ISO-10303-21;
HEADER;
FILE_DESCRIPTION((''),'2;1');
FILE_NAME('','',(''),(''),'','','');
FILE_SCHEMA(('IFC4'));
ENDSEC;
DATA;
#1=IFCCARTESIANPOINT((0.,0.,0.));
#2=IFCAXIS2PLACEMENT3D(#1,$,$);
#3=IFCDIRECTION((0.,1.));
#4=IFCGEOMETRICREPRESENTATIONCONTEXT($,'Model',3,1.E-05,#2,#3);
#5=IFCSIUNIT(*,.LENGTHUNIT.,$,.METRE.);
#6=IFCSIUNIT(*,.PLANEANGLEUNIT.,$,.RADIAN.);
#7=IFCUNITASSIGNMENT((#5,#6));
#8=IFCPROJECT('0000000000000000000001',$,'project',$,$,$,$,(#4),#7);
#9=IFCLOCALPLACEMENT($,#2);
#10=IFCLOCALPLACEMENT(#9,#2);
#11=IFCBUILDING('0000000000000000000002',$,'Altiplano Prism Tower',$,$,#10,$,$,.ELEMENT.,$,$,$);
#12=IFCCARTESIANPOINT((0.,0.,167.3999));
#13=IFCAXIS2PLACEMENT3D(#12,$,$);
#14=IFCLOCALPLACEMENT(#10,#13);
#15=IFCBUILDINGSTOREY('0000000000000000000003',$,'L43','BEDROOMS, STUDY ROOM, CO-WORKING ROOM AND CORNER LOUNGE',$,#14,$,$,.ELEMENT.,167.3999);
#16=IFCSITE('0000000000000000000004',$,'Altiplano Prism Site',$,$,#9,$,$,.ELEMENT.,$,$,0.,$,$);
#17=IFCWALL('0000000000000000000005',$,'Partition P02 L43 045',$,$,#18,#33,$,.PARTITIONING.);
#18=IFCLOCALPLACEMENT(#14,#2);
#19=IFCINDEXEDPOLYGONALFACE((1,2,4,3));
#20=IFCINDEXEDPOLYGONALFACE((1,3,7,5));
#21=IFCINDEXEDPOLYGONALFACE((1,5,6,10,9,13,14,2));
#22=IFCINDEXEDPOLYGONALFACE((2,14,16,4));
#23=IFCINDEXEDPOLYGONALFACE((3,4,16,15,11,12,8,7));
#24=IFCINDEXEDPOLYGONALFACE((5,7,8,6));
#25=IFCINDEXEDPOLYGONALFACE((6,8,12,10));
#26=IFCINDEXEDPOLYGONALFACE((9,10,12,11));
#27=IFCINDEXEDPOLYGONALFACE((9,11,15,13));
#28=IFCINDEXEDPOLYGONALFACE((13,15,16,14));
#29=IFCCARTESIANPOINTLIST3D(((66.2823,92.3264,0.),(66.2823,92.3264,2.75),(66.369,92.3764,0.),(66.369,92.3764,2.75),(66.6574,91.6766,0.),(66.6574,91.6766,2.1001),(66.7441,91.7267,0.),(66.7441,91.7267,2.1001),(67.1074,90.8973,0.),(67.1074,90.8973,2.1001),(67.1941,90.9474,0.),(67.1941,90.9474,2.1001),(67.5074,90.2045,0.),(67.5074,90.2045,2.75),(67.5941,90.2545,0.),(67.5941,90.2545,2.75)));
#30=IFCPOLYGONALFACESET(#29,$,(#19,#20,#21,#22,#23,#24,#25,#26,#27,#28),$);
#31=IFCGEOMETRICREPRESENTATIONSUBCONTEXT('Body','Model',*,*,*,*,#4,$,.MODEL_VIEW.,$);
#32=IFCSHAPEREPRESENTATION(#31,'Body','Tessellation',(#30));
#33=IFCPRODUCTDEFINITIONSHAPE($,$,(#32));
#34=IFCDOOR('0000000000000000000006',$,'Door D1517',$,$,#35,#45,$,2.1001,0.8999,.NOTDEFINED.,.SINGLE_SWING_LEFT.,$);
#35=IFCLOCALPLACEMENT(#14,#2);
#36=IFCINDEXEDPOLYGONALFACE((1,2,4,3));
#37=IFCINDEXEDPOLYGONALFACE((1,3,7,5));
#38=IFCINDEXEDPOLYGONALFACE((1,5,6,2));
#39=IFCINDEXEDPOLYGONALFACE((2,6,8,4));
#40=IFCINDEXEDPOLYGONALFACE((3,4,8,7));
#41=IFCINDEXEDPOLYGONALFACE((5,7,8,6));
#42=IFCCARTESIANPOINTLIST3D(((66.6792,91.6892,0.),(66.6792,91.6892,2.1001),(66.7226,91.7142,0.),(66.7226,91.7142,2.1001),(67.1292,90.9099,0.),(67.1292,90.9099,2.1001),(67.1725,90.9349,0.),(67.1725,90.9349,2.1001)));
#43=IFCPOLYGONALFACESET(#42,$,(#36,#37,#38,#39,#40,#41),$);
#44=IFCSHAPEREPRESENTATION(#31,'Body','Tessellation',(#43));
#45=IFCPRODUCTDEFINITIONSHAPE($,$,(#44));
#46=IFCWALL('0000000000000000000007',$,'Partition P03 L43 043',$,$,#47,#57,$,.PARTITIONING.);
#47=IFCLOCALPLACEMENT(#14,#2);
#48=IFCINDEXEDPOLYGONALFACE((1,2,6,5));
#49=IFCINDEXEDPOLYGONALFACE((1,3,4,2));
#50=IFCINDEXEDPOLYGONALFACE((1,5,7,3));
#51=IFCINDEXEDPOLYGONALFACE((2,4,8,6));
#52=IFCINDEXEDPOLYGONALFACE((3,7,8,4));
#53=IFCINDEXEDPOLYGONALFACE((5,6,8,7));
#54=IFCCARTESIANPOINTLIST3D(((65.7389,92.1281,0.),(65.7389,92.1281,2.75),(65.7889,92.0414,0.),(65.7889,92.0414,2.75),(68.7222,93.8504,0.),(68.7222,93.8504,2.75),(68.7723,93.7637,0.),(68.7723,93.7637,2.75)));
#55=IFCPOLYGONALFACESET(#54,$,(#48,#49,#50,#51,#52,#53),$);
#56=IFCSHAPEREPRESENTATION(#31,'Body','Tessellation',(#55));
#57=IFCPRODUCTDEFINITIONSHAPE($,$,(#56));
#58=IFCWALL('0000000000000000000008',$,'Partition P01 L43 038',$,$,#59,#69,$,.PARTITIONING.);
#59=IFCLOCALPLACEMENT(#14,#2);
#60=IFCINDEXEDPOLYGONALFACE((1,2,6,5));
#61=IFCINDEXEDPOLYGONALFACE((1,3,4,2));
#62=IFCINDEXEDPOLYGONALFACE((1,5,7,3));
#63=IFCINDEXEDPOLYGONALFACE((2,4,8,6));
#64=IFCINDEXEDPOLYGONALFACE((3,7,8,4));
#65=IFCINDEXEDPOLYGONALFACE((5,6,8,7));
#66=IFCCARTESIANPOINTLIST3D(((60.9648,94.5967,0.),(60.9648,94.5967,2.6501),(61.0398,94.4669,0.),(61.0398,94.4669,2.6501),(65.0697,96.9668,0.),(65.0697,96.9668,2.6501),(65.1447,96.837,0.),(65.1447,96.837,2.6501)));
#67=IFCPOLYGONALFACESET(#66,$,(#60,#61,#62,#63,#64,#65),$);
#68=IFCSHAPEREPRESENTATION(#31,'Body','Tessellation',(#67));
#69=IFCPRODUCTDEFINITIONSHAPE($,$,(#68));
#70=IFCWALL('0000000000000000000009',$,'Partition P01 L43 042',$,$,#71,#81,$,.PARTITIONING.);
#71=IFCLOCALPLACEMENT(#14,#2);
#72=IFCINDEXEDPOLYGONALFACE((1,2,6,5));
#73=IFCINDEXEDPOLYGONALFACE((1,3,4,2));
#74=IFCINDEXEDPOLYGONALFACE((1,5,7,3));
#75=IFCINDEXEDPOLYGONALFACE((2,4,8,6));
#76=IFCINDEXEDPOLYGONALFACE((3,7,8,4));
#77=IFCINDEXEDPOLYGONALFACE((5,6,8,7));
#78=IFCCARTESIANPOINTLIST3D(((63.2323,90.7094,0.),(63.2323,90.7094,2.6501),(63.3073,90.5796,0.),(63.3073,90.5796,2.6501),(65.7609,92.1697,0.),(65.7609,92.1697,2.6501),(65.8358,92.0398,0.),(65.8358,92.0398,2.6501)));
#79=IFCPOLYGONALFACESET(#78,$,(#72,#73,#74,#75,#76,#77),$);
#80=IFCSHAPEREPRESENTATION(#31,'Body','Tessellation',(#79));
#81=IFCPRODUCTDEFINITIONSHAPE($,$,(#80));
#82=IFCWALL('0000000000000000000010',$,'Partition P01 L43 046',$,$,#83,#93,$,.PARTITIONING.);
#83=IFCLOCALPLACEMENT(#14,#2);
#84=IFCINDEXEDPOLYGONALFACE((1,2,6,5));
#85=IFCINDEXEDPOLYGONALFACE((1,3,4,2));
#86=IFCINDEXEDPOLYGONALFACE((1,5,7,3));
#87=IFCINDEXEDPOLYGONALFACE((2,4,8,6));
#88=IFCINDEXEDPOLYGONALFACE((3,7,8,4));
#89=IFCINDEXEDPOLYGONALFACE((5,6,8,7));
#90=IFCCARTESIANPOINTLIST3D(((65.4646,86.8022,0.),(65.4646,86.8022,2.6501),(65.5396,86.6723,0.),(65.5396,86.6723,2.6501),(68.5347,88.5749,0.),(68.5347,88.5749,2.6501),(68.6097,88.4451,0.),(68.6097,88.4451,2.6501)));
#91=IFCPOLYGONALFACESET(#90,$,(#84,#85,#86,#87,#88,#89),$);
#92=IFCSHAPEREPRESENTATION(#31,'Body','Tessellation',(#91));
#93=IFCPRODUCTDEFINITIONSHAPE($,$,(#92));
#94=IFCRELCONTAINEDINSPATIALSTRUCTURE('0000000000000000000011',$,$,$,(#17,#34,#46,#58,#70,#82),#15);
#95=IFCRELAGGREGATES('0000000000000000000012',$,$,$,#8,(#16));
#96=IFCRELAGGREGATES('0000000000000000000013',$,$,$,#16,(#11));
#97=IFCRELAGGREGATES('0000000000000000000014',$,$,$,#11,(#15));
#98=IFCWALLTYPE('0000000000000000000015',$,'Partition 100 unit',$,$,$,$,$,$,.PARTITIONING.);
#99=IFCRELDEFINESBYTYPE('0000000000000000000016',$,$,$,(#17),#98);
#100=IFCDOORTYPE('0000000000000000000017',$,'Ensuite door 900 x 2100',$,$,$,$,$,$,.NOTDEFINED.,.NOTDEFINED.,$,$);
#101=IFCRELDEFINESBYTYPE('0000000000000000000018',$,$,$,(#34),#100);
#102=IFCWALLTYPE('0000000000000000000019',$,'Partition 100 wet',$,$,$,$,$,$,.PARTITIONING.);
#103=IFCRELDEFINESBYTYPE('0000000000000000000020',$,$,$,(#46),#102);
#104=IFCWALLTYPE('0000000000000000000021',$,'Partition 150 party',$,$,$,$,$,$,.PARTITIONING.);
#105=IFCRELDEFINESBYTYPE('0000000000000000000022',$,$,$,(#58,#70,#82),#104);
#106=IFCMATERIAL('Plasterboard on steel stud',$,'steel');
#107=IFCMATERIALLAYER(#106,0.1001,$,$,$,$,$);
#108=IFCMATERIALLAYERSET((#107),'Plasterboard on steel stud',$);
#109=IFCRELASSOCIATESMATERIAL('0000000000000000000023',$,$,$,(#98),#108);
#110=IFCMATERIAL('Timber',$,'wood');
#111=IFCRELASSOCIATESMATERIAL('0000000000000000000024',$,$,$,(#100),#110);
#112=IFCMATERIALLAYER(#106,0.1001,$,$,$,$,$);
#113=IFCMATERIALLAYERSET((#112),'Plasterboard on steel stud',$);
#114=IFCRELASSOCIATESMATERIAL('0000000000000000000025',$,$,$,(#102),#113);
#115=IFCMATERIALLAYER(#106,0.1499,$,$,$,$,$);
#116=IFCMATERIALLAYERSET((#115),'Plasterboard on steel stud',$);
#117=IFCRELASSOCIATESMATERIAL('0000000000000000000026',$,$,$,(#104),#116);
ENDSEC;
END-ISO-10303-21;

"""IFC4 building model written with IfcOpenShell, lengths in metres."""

from ifc_helpers import new_model, si_unit, direction, frame, frame_2d, origin, place, context, subcontext, project, spatial, rectangle, extrude, material, layer, layer_set, type_object, element, fill, save


model = new_model("IFC4")

# Units and contexts
model_context = context("Model", 3, precision=1e-05, world=origin(), true_north=direction((0.0, 1.0)))
body_context = subcontext(model_context, "Body", "Model", "MODEL_VIEW")
ifc_project = project(units=[si_unit("LENGTHUNIT", "METRE"), si_unit("PLANEANGLEUNIT", "RADIAN")], contexts=[model_context])

# Site, building, storey
site_placement = place(None, origin())
site = spatial("IfcSite", under=ifc_project, at=site_placement, Name="Altiplano Prism Site", CompositionType="ELEMENT", RefElevation=0.0)
building_placement = place(site_placement, origin())
building = spatial("IfcBuilding", under=site, at=building_placement, Name="Altiplano Prism Tower", CompositionType="ELEMENT")
storey_placement = place(building_placement, frame((0.0, 0.0, 167.3999)))
storey = spatial("IfcBuildingStorey", under=building, at=storey_placement, Name="L43", Description="BEDROOMS, STUDY ROOM, CO-WORKING ROOM AND CORNER LOUNGE", CompositionType="ELEMENT", Elevation=167.3999)

# Shared definitions
ifc_material_1 = material(Name="Plasterboard on steel stud", Category="steel")
ifc_layer_1 = layer(ifc_material_1, 0.1001)
ifc_layer_set_1 = layer_set([ifc_layer_1], Name="Plasterboard on steel stud")
wall_type_1 = type_object("IfcWallType", Name="Partition 100 unit", PredefinedType="PARTITIONING", material=ifc_layer_set_1)

# Shared definitions
ifc_material_2 = material(Name="Timber", Category="wood")

# Wall, opening, door
wall_1_placement = place(storey_placement, frame((67.5508, 90.2295, 0.0), z_axis=(0.0, 0.0, 1.0), x_axis=(-0.500019, 0.866015, 0.0)))
wall_1 = element("IfcWall", 1, at=wall_1_placement, inside=storey, type_object=wall_type_1, Name="Partition P02 L43 045", PredefinedType="PARTITIONING", context=body_context, shape_type="SweptSolid", body=[
    extrude(rectangle(XDim=2.4502, YDim=0.1001, at=frame_2d((1.2251, 0.0))), origin(), (0.0, 0.0, 1.0), 2.75),
])
opening_1_placement = place(wall_1_placement, frame((0.8, 0.0, 0.0)))
opening_1 = element("IfcOpeningElement", 2, at=opening_1_placement, cuts=wall_1, PredefinedType="OPENING", context=body_context, shape_type="SweptSolid", body=[
    extrude(rectangle(XDim=0.8999, YDim=2.1001, at=frame_2d((0.45, 1.05))), frame((0.0, 0.0605, 0.0), z_axis=(0.0, -1.0, 0.0), x_axis=(1.0, 0.0, 0.0)), (0.0, 0.0, 1.0), 0.1211),
])
door_type_1 = type_object("IfcDoorType", Name="Ensuite door 900 x 2100", OperationType="NOTDEFINED", PredefinedType="NOTDEFINED", material=ifc_material_2)
door_1_placement = place(opening_1_placement, origin())
door_1 = element("IfcDoor", 3, at=door_1_placement, inside=storey, type_object=door_type_1, Name="Door D1517", OperationType="SINGLE_SWING_LEFT", OverallHeight=2.1001, OverallWidth=0.8999, PredefinedType="NOTDEFINED", context=body_context, shape_type="SweptSolid", body=[
    extrude(rectangle(XDim=0.8999, YDim=2.1001, at=frame_2d((0.45, 1.05))), frame((0.0, 0.0249, 0.0), z_axis=(0.0, -1.0, 0.0), x_axis=(1.0, 0.0, 0.0)), (0.0, 0.0, 1.0), 0.05),
])
fill(opening_1, door_1)

# Walls
ifc_layer_2 = layer(ifc_material_1, 0.1001)
ifc_layer_set_2 = layer_set([ifc_layer_2], Name="Plasterboard on steel stud")
wall_type_2 = type_object("IfcWallType", Name="Partition 100 wet", PredefinedType="PARTITIONING", material=ifc_layer_set_2)
wall_2_placement = place(storey_placement, frame((65.7639, 92.0847, 0.0), z_axis=(0.0, 0.0, 1.0), x_axis=(0.866032, 0.499988, 0.0)))
element("IfcWall", 4, at=wall_2_placement, inside=storey, type_object=wall_type_2, Name="Partition P03 L43 043", PredefinedType="PARTITIONING", context=body_context, shape_type="SweptSolid", body=[
    extrude(rectangle(XDim=3.4448, YDim=0.1001, at=frame_2d((1.7224, 0.0))), origin(), (0.0, 0.0, 1.0), 2.75),
])
ifc_layer_3 = layer(ifc_material_1, 0.1499)
ifc_layer_set_3 = layer_set([ifc_layer_3], Name="Plasterboard on steel stud")
wall_type_3 = type_object("IfcWallType", Name="Partition 150 party", PredefinedType="PARTITIONING", material=ifc_layer_set_3)
wall_3_placement = place(storey_placement, frame((61.0022, 94.5317, 0.0), z_axis=(0.0, 0.0, 1.0), x_axis=(0.866016, 0.500017, 0.0)))
element("IfcWall", 5, at=wall_3_placement, inside=storey, type_object=wall_type_3, Name="Partition P01 L43 038", PredefinedType="PARTITIONING", context=body_context, shape_type="SweptSolid", body=[
    extrude(rectangle(XDim=4.74, YDim=0.1499, at=frame_2d((2.3701, 0.0))), origin(), (0.0, 0.0, 1.0), 2.6501),
])
wall_4_placement = place(storey_placement, frame((63.2698, 90.6445, 0.0), z_axis=(0.0, 0.0, 1.0), x_axis=(0.865975, 0.500087, 0.0)))
element("IfcWall", 6, at=wall_4_placement, inside=storey, type_object=wall_type_3, Name="Partition P01 L43 042", PredefinedType="PARTITIONING", context=body_context, shape_type="SweptSolid", body=[
    extrude(rectangle(XDim=2.9199, YDim=0.1499, at=frame_2d((1.46, 0.0))), origin(), (0.0, 0.0, 1.0), 2.6501),
])
wall_5_placement = place(storey_placement, frame((65.5022, 86.7373, 0.0), z_axis=(0.0, 0.0, 1.0), x_axis=(0.866001, 0.500042, 0.0)))
element("IfcWall", 7, at=wall_5_placement, inside=storey, type_object=wall_type_3, Name="Partition P01 L43 046", PredefinedType="PARTITIONING", context=body_context, shape_type="SweptSolid", body=[
    extrude(rectangle(XDim=3.5452, YDim=0.1499, at=frame_2d((1.7725, 0.0))), origin(), (0.0, 0.0, 1.0), 2.6501),
])

save(model, "model.ifc")
